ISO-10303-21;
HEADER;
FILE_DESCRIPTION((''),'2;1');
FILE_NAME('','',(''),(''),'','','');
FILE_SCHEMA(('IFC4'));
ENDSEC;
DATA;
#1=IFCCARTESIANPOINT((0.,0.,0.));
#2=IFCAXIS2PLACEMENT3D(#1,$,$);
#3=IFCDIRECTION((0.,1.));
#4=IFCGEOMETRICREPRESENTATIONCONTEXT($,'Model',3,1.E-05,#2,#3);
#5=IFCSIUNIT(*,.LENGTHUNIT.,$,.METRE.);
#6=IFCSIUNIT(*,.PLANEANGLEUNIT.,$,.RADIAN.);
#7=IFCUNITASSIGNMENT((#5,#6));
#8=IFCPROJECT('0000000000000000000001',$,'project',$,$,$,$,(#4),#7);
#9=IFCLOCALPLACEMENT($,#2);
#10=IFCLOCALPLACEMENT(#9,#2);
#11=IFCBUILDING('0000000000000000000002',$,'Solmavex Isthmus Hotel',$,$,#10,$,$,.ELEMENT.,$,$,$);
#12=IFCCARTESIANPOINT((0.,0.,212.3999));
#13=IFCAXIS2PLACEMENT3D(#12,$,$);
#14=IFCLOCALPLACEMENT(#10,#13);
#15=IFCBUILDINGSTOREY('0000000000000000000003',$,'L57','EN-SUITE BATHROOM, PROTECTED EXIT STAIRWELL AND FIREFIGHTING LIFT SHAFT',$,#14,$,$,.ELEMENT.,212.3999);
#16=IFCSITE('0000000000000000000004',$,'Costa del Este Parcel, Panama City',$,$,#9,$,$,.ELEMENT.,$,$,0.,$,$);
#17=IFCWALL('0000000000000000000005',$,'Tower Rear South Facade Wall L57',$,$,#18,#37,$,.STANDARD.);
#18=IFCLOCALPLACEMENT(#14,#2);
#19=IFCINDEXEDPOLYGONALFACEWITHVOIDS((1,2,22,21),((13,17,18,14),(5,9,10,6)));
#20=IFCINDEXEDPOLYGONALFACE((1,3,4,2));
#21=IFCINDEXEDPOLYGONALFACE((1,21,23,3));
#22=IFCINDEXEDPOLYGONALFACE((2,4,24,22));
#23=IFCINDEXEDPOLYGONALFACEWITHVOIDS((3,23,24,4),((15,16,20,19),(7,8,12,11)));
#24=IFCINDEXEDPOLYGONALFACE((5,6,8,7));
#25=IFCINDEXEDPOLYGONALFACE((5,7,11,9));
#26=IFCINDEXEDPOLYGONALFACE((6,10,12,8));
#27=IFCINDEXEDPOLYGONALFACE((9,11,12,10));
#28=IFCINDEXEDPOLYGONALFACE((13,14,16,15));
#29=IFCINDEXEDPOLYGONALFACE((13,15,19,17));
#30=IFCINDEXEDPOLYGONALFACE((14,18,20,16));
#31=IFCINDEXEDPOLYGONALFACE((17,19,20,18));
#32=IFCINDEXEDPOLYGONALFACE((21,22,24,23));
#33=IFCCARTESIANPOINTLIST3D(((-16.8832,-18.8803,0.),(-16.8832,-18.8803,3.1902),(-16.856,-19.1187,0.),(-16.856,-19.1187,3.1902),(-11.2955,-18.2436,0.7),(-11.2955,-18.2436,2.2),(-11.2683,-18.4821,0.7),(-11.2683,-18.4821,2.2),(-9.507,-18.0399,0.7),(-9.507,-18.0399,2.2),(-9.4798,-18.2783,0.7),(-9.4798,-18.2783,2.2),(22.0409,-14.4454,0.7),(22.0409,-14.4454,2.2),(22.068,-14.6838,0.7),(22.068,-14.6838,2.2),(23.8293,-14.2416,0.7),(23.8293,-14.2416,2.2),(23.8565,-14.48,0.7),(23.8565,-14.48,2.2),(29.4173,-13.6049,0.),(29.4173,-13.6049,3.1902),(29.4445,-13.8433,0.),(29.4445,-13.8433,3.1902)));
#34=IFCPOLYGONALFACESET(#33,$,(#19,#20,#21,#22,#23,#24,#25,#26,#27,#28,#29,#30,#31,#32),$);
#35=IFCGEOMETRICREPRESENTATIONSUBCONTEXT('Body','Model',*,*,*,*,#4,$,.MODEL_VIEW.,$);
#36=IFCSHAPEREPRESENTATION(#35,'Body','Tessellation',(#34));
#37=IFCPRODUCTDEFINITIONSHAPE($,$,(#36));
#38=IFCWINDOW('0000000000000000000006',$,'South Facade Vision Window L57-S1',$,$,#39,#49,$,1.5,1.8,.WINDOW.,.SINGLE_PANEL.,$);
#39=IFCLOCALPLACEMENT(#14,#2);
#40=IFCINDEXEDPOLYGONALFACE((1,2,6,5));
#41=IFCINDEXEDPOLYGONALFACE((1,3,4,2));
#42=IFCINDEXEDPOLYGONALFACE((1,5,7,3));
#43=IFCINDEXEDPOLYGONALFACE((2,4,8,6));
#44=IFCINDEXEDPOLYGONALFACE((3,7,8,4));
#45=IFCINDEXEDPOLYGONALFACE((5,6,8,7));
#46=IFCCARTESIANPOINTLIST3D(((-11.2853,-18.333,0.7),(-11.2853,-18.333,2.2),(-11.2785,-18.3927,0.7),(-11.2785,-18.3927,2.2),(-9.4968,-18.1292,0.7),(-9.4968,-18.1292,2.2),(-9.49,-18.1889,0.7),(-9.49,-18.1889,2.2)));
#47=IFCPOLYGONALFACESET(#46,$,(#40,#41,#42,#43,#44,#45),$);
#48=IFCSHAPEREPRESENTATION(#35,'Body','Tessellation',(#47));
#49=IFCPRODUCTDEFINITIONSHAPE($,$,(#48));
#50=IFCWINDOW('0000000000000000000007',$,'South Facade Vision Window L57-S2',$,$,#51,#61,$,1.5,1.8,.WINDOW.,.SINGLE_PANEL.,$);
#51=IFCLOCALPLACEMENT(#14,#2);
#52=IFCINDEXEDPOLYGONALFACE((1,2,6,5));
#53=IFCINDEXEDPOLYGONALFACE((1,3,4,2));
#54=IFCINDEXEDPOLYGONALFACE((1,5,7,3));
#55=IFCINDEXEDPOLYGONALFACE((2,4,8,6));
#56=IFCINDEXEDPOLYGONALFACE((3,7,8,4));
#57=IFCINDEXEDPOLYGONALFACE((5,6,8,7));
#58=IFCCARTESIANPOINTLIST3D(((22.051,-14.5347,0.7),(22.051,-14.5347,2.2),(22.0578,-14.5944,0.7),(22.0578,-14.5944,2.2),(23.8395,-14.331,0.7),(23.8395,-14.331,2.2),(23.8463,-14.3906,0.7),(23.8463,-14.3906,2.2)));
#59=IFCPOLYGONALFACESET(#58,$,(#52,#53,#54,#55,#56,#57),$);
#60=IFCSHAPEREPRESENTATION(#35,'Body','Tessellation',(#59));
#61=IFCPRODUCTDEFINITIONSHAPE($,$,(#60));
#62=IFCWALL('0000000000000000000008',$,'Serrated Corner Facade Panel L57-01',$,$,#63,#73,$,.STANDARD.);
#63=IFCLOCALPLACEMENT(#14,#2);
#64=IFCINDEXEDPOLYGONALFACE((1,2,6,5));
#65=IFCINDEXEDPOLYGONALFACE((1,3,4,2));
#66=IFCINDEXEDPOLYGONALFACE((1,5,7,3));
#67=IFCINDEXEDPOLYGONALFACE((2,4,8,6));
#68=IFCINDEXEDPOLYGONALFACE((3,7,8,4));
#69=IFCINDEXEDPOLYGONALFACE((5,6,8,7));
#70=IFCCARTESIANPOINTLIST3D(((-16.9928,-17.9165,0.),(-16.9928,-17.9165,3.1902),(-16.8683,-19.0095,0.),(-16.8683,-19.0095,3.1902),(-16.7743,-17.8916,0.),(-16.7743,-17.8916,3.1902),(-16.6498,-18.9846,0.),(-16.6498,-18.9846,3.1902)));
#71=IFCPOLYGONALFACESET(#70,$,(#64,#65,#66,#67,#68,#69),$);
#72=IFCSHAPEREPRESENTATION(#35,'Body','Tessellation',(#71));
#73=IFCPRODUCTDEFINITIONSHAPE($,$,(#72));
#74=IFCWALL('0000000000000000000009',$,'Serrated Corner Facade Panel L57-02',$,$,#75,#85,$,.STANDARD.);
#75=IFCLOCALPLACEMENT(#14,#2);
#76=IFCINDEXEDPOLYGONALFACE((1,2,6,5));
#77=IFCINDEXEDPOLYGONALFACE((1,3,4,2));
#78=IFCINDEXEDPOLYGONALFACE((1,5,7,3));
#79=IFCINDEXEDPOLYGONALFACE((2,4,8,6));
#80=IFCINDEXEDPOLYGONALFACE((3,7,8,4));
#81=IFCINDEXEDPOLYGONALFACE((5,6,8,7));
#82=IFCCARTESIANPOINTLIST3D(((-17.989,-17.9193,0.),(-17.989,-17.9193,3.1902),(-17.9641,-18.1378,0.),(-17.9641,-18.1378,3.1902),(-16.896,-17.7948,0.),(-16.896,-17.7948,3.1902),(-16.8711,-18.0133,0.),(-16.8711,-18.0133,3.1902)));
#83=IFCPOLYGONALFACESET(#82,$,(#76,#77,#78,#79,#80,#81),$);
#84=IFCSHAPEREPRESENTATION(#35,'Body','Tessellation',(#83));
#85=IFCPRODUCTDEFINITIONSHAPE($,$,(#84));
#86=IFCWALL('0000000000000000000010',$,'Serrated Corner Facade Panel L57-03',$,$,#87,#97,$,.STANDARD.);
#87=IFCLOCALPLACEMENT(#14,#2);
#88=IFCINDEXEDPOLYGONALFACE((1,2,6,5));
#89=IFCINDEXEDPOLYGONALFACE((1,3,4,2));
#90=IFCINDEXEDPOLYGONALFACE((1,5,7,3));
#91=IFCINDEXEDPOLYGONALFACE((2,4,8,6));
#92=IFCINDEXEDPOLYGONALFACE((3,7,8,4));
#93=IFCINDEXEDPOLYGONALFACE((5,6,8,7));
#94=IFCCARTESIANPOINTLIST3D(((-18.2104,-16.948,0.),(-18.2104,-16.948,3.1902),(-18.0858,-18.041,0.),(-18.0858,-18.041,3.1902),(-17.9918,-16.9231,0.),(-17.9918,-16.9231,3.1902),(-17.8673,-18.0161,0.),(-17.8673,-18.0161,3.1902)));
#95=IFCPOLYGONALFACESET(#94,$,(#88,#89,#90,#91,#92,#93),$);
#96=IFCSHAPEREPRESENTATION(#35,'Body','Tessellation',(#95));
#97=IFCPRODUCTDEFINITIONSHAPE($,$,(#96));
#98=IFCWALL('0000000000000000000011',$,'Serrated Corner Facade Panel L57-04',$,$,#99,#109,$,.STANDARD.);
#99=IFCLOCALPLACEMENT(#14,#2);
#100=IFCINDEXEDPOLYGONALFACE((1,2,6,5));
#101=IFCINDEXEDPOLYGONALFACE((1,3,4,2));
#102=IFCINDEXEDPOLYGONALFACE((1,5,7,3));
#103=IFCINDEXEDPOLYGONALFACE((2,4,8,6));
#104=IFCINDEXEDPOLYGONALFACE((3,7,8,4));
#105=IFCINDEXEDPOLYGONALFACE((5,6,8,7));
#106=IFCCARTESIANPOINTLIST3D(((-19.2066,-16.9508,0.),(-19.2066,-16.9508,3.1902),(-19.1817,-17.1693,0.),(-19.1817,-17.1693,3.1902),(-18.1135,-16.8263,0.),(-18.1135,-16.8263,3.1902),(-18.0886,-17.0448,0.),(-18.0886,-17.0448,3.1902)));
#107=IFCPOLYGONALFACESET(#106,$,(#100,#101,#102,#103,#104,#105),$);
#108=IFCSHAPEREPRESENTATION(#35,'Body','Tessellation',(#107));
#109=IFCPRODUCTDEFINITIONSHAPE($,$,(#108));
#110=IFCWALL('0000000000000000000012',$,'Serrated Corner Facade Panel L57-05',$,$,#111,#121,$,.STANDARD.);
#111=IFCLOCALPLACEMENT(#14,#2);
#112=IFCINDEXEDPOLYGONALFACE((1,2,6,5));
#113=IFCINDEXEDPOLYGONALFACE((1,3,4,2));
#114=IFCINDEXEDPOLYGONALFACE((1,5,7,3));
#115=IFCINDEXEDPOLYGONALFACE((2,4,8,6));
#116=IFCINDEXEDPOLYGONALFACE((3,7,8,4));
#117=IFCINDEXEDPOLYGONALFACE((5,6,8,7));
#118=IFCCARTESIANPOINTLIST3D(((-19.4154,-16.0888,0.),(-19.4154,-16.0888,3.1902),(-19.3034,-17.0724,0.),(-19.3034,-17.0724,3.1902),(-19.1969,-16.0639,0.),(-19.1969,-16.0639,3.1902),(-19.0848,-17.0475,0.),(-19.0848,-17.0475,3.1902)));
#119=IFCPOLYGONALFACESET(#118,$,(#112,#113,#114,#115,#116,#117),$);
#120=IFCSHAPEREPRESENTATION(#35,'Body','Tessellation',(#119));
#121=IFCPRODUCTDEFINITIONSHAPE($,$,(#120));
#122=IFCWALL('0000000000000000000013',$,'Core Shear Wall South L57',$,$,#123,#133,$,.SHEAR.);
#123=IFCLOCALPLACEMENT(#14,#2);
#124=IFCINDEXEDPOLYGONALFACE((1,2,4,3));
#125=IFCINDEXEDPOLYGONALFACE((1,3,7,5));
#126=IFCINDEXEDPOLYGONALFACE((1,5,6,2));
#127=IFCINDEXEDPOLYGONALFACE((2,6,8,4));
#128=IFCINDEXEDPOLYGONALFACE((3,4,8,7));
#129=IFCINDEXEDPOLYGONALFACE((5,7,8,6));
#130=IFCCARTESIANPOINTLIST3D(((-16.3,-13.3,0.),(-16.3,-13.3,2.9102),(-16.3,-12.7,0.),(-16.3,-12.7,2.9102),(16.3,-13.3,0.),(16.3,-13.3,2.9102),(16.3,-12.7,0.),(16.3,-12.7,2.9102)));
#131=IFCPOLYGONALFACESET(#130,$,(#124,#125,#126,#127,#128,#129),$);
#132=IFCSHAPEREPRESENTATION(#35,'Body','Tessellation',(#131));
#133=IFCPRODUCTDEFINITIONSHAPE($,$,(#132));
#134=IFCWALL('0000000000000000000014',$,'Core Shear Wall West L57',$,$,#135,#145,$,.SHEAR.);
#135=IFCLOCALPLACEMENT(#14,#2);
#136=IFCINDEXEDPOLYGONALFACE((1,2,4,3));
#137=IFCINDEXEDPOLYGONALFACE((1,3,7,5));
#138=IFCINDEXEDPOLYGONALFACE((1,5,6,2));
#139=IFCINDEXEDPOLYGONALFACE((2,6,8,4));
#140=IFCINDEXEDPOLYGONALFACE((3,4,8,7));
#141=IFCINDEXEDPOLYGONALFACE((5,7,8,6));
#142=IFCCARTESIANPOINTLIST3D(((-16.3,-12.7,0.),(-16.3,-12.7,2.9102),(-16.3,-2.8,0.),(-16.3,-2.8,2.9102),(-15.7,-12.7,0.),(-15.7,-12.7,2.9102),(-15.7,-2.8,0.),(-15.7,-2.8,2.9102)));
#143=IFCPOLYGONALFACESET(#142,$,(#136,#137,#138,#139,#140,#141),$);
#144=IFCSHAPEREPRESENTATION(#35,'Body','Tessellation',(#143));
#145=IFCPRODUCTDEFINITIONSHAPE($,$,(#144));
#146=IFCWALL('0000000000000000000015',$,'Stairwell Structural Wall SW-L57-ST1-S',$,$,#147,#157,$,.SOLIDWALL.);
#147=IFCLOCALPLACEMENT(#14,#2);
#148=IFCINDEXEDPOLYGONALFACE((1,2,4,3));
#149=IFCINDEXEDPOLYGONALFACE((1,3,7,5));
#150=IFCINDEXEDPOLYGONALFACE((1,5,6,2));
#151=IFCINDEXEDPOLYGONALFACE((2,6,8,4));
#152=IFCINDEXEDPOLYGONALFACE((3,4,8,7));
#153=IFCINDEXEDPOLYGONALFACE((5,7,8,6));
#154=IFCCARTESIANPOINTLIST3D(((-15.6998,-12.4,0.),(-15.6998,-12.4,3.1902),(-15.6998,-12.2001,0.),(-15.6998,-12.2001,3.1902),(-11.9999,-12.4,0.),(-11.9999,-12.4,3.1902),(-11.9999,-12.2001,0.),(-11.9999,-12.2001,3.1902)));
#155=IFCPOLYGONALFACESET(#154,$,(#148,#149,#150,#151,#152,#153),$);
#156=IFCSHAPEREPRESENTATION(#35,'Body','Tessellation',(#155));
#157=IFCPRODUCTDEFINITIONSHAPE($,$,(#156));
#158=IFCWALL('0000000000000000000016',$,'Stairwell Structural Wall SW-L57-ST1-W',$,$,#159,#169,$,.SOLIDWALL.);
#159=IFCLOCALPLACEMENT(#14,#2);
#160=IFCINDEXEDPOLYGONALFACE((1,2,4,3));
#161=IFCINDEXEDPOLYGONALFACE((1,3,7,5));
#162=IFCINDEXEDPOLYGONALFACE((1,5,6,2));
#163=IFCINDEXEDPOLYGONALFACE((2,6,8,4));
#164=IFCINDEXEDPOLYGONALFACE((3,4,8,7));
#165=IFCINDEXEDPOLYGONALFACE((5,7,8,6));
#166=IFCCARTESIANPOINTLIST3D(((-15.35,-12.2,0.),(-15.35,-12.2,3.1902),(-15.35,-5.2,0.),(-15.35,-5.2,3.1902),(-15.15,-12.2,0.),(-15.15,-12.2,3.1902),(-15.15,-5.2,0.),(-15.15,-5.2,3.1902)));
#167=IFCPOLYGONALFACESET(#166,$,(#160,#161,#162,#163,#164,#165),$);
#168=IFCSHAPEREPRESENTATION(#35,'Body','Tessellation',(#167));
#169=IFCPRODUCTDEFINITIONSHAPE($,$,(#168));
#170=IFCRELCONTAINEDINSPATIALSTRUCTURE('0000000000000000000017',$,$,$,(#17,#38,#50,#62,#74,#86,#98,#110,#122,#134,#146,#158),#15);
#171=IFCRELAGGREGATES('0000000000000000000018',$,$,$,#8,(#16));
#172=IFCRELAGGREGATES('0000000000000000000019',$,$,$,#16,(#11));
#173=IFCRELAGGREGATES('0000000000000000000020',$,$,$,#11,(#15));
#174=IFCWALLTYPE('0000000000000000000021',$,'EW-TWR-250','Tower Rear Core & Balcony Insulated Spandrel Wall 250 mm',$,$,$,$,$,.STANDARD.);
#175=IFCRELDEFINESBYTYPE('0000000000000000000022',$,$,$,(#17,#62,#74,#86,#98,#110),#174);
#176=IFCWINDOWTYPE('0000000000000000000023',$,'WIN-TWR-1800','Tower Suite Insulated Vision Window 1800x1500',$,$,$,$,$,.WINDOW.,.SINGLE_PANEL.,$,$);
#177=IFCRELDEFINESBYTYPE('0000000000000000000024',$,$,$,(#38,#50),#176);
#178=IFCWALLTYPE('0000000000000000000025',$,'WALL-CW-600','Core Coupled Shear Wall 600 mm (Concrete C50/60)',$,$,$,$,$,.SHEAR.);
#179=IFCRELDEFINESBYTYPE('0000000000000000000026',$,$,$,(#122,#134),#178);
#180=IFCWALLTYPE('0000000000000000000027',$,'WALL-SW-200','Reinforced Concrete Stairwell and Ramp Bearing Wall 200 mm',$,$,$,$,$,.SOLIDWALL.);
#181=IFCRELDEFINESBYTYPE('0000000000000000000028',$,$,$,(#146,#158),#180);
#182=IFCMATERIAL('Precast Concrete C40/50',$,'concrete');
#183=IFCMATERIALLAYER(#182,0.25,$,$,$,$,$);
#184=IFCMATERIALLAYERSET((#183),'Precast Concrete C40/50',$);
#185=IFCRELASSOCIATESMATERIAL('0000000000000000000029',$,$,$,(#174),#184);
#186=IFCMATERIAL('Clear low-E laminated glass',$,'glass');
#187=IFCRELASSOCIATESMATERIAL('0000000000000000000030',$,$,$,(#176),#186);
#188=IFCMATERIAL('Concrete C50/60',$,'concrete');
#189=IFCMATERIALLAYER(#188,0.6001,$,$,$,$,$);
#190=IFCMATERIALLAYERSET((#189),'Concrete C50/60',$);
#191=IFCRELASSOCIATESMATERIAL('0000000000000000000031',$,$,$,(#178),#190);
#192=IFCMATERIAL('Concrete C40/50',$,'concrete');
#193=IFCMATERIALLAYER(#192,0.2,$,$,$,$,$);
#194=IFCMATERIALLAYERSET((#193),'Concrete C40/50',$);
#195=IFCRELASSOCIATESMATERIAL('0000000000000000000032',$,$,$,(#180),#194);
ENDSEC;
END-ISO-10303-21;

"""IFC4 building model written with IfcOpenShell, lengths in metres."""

from ifc_helpers import new_model, si_unit, direction, frame, frame_2d, origin, place, context, subcontext, project, spatial, rectangle, extrude, material, layer, layer_set, type_object, element, fill, save


model = new_model("IFC4")

# Units and contexts
model_context = context("Model", 3, precision=1e-05, world=origin(), true_north=direction((0.0, 1.0)))
body_context = subcontext(model_context, "Body", "Model", "MODEL_VIEW")
ifc_project = project(units=[si_unit("LENGTHUNIT", "METRE"), si_unit("PLANEANGLEUNIT", "RADIAN")], contexts=[model_context])

# Site, building, storey
site_placement = place(None, origin())
site = spatial("IfcSite", under=ifc_project, at=site_placement, Name="Costa del Este Parcel, Panama City", CompositionType="ELEMENT", RefElevation=0.0)
building_placement = place(site_placement, origin())
building = spatial("IfcBuilding", under=site, at=building_placement, Name="Solmavex Isthmus Hotel", CompositionType="ELEMENT")
storey_placement = place(building_placement, frame((0.0, 0.0, 212.3999)))
storey = spatial("IfcBuildingStorey", under=building, at=storey_placement, Name="L57", Description="EN-SUITE BATHROOM, PROTECTED EXIT STAIRWELL AND FIREFIGHTING LIFT SHAFT", CompositionType="ELEMENT", Elevation=212.3999)

# Shared definitions
ifc_material_1 = material(Name="Concrete C50/60", Category="concrete")

# Shared definitions
ifc_material_2 = material(Name="Clear low-E laminated glass", Category="glass")

# Wall, openings, windows
ifc_material_3 = material(Name="Precast Concrete C40/50", Category="concrete")
ifc_layer_1 = layer(ifc_material_3, 0.25)
ifc_layer_set_1 = layer_set([ifc_layer_1], Name="Precast Concrete C40/50")
wall_type_1 = type_object("IfcWallType", Name="EW-TWR-250", Description="Tower Rear Core & Balcony Insulated Spandrel Wall 250 mm", PredefinedType="STANDARD", material=ifc_layer_set_1)
wall_1_placement = place(storey_placement, frame((-16.8696, -18.9995, 0.0), z_axis=(0.0, 0.0, 1.0), x_axis=(0.993572, 0.113206, 0.0)))
wall_1 = element("IfcWall", 1, at=wall_1_placement, inside=storey, type_object=wall_type_1, Name="Tower Rear South Facade Wall L57", PredefinedType="STANDARD", context=body_context, shape_type="SweptSolid", body=[
    extrude(rectangle(XDim=46.6001, YDim=0.24, at=frame_2d((23.3, 0.0))), origin(), (0.0, 0.0, 1.0), 3.1902),
])
opening_1_placement = place(wall_1_placement, frame((5.624, 0.0, 0.7)))
opening_1 = element("IfcOpeningElement", 2, at=opening_1_placement, cuts=wall_1, PredefinedType="OPENING", context=body_context, shape_type="SweptSolid", body=[
    extrude(rectangle(XDim=1.8, YDim=1.5, at=frame_2d((0.8999, 0.75))), frame((0.0, 0.1299, 0.0), z_axis=(0.0, -1.0, 0.0), x_axis=(1.0, 0.0, 0.0)), (0.0, 0.0, 1.0), 0.26),
])
opening_2_placement = place(wall_1_placement, frame((39.176, 0.0, 0.7)))
opening_2 = element("IfcOpeningElement", 3, at=opening_2_placement, cuts=wall_1, PredefinedType="OPENING", context=body_context, shape_type="SweptSolid", body=[
    extrude(rectangle(XDim=1.8, YDim=1.5, at=frame_2d((0.8999, 0.75))), frame((0.0, 0.1299, 0.0), z_axis=(0.0, -1.0, 0.0), x_axis=(1.0, 0.0, 0.0)), (0.0, 0.0, 1.0), 0.26),
])
window_type = type_object("IfcWindowType", Name="WIN-TWR-1800", Description="Tower Suite Insulated Vision Window 1800x1500", PartitioningType="SINGLE_PANEL", PredefinedType="WINDOW", material=ifc_material_2)
window_1_placement = place(opening_1_placement, origin())
window_1 = element("IfcWindow", 4, at=window_1_placement, inside=storey, type_object=window_type, Name="South Facade Vision Window L57-S1", OverallHeight=1.5, OverallWidth=1.8, PartitioningType="SINGLE_PANEL", PredefinedType="WINDOW", context=body_context, shape_type="SweptSolid", body=[
    extrude(rectangle(XDim=1.8, YDim=1.5, at=frame_2d((0.8999, 0.75))), frame((0.0, 0.03, 0.0), z_axis=(0.0, -1.0, 0.0), x_axis=(1.0, 0.0, 0.0)), (0.0, 0.0, 1.0), 0.0601),
])
fill(opening_1, window_1)
window_2_placement = place(opening_2_placement, origin())
window_2 = element("IfcWindow", 5, at=window_2_placement, inside=storey, type_object=window_type, Name="South Facade Vision Window L57-S2", OverallHeight=1.5, OverallWidth=1.8, PartitioningType="SINGLE_PANEL", PredefinedType="WINDOW", context=body_context, shape_type="SweptSolid", body=[
    extrude(rectangle(XDim=1.8, YDim=1.5, at=frame_2d((0.8999, 0.75))), frame((0.0, 0.03, 0.0), z_axis=(0.0, -1.0, 0.0), x_axis=(1.0, 0.0, 0.0)), (0.0, 0.0, 1.0), 0.0601),
])
fill(opening_2, window_2)

# Walls
for number, where, z_axis, x_axis, name in (
    (6, (-16.759, -18.9971, 0.0), (0.0, 0.0, 1.0), (-0.113184, 0.993574, 0.0), "Serrated Corner Facade Panel L57-01"),
    (7, (-16.8835, -17.9041, 0.0), (0.0, 0.0, 1.0), (-0.993574, -0.113184, 0.0), "Serrated Corner Facade Panel L57-02"),
    (8, (-17.9766, -18.0286, 0.0), (0.0, 0.0, 1.0), (-0.113184, 0.993574, 0.0), "Serrated Corner Facade Panel L57-03"),
    (9, (-18.1011, -16.9355, 0.0), (0.0, 0.0, 1.0), (-0.993574, -0.113184, 0.0), "Serrated Corner Facade Panel L57-04"),
):
    element("IfcWall", number, at=place(storey_placement, frame(where, z_axis=z_axis, x_axis=x_axis)), inside=storey, type_object=wall_type_1, Name=name, PredefinedType="STANDARD", context=body_context, shape_type="SweptSolid", body=[
        extrude(rectangle(XDim=1.1001, YDim=0.22, at=frame_2d((0.55, 0.0))), origin(), (0.0, 0.0, 1.0), 3.1902),
    ])
wall_2_placement = place(storey_placement, frame((-19.1941, -17.0601, 0.0), z_axis=(0.0, 0.0, 1.0), x_axis=(-0.113192, 0.993573, 0.0)))
element("IfcWall", 10, at=wall_2_placement, inside=storey, type_object=wall_type_1, Name="Serrated Corner Facade Panel L57-05", PredefinedType="STANDARD", context=body_context, shape_type="SweptSolid", body=[
    extrude(rectangle(XDim=0.99, YDim=0.22, at=frame_2d((0.4951, 0.0))), origin(), (0.0, 0.0, 1.0), 3.1902),
])
ifc_layer_2 = layer(ifc_material_1, 0.6001)
ifc_layer_set_2 = layer_set([ifc_layer_2], Name="Concrete C50/60")
wall_type_2 = type_object("IfcWallType", Name="WALL-CW-600", Description="Core Coupled Shear Wall 600 mm (Concrete C50/60)", PredefinedType="SHEAR", material=ifc_layer_set_2)
wall_3_placement = place(storey_placement, frame((-16.3, -13.0, 0.0), z_axis=(0.0, 0.0, 1.0), x_axis=(1.0, 0.0, 0.0)))
element("IfcWall", 11, at=wall_3_placement, inside=storey, type_object=wall_type_2, Name="Core Shear Wall South L57", PredefinedType="SHEAR", context=body_context, shape_type="SweptSolid", body=[
    extrude(rectangle(XDim=32.6001, YDim=0.6001, at=frame_2d((16.3, 0.0))), origin(), (0.0, 0.0, 1.0), 2.9102),
])
wall_4_placement = place(storey_placement, frame((-16.0, -12.7, 0.0), z_axis=(0.0, 0.0, 1.0), x_axis=(0.0, 1.0, 0.0)))
element("IfcWall", 12, at=wall_4_placement, inside=storey, type_object=wall_type_2, Name="Core Shear Wall West L57", PredefinedType="SHEAR", context=body_context, shape_type="SweptSolid", body=[
    extrude(rectangle(XDim=9.8999, YDim=0.6001, at=frame_2d((4.95, 0.0))), origin(), (0.0, 0.0, 1.0), 2.9102),
])
ifc_material_4 = material(Name="Concrete C40/50", Category="concrete")
ifc_layer_3 = layer(ifc_material_4, 0.2)
ifc_layer_set_3 = layer_set([ifc_layer_3], Name="Concrete C40/50")
wall_type_3 = type_object("IfcWallType", Name="WALL-SW-200", Description="Reinforced Concrete Stairwell and Ramp Bearing Wall 200 mm", PredefinedType="SOLIDWALL", material=ifc_layer_set_3)
wall_5_placement = place(storey_placement, frame((-15.7, -12.3, 0.0), z_axis=(0.0, 0.0, 1.0), x_axis=(1.0, 0.0, 0.0)))
element("IfcWall", 13, at=wall_5_placement, inside=storey, type_object=wall_type_3, Name="Stairwell Structural Wall SW-L57-ST1-S", PredefinedType="SOLIDWALL", context=body_context, shape_type="SweptSolid", body=[
    extrude(rectangle(XDim=3.7, YDim=0.2, at=frame_2d((1.8501, 0.0))), origin(), (0.0, 0.0, 1.0), 3.1902),
])
wall_6_placement = place(storey_placement, frame((-15.25, -12.2, 0.0), z_axis=(0.0, 0.0, 1.0), x_axis=(0.0, 1.0, 0.0)))
element("IfcWall", 14, at=wall_6_placement, inside=storey, type_object=wall_type_3, Name="Stairwell Structural Wall SW-L57-ST1-W", PredefinedType="SOLIDWALL", context=body_context, shape_type="SweptSolid", body=[
    extrude(rectangle(XDim=7.0, YDim=0.2, at=frame_2d((3.5, 0.0))), origin(), (0.0, 0.0, 1.0), 3.1902),
])

save(model, "model.ifc")
